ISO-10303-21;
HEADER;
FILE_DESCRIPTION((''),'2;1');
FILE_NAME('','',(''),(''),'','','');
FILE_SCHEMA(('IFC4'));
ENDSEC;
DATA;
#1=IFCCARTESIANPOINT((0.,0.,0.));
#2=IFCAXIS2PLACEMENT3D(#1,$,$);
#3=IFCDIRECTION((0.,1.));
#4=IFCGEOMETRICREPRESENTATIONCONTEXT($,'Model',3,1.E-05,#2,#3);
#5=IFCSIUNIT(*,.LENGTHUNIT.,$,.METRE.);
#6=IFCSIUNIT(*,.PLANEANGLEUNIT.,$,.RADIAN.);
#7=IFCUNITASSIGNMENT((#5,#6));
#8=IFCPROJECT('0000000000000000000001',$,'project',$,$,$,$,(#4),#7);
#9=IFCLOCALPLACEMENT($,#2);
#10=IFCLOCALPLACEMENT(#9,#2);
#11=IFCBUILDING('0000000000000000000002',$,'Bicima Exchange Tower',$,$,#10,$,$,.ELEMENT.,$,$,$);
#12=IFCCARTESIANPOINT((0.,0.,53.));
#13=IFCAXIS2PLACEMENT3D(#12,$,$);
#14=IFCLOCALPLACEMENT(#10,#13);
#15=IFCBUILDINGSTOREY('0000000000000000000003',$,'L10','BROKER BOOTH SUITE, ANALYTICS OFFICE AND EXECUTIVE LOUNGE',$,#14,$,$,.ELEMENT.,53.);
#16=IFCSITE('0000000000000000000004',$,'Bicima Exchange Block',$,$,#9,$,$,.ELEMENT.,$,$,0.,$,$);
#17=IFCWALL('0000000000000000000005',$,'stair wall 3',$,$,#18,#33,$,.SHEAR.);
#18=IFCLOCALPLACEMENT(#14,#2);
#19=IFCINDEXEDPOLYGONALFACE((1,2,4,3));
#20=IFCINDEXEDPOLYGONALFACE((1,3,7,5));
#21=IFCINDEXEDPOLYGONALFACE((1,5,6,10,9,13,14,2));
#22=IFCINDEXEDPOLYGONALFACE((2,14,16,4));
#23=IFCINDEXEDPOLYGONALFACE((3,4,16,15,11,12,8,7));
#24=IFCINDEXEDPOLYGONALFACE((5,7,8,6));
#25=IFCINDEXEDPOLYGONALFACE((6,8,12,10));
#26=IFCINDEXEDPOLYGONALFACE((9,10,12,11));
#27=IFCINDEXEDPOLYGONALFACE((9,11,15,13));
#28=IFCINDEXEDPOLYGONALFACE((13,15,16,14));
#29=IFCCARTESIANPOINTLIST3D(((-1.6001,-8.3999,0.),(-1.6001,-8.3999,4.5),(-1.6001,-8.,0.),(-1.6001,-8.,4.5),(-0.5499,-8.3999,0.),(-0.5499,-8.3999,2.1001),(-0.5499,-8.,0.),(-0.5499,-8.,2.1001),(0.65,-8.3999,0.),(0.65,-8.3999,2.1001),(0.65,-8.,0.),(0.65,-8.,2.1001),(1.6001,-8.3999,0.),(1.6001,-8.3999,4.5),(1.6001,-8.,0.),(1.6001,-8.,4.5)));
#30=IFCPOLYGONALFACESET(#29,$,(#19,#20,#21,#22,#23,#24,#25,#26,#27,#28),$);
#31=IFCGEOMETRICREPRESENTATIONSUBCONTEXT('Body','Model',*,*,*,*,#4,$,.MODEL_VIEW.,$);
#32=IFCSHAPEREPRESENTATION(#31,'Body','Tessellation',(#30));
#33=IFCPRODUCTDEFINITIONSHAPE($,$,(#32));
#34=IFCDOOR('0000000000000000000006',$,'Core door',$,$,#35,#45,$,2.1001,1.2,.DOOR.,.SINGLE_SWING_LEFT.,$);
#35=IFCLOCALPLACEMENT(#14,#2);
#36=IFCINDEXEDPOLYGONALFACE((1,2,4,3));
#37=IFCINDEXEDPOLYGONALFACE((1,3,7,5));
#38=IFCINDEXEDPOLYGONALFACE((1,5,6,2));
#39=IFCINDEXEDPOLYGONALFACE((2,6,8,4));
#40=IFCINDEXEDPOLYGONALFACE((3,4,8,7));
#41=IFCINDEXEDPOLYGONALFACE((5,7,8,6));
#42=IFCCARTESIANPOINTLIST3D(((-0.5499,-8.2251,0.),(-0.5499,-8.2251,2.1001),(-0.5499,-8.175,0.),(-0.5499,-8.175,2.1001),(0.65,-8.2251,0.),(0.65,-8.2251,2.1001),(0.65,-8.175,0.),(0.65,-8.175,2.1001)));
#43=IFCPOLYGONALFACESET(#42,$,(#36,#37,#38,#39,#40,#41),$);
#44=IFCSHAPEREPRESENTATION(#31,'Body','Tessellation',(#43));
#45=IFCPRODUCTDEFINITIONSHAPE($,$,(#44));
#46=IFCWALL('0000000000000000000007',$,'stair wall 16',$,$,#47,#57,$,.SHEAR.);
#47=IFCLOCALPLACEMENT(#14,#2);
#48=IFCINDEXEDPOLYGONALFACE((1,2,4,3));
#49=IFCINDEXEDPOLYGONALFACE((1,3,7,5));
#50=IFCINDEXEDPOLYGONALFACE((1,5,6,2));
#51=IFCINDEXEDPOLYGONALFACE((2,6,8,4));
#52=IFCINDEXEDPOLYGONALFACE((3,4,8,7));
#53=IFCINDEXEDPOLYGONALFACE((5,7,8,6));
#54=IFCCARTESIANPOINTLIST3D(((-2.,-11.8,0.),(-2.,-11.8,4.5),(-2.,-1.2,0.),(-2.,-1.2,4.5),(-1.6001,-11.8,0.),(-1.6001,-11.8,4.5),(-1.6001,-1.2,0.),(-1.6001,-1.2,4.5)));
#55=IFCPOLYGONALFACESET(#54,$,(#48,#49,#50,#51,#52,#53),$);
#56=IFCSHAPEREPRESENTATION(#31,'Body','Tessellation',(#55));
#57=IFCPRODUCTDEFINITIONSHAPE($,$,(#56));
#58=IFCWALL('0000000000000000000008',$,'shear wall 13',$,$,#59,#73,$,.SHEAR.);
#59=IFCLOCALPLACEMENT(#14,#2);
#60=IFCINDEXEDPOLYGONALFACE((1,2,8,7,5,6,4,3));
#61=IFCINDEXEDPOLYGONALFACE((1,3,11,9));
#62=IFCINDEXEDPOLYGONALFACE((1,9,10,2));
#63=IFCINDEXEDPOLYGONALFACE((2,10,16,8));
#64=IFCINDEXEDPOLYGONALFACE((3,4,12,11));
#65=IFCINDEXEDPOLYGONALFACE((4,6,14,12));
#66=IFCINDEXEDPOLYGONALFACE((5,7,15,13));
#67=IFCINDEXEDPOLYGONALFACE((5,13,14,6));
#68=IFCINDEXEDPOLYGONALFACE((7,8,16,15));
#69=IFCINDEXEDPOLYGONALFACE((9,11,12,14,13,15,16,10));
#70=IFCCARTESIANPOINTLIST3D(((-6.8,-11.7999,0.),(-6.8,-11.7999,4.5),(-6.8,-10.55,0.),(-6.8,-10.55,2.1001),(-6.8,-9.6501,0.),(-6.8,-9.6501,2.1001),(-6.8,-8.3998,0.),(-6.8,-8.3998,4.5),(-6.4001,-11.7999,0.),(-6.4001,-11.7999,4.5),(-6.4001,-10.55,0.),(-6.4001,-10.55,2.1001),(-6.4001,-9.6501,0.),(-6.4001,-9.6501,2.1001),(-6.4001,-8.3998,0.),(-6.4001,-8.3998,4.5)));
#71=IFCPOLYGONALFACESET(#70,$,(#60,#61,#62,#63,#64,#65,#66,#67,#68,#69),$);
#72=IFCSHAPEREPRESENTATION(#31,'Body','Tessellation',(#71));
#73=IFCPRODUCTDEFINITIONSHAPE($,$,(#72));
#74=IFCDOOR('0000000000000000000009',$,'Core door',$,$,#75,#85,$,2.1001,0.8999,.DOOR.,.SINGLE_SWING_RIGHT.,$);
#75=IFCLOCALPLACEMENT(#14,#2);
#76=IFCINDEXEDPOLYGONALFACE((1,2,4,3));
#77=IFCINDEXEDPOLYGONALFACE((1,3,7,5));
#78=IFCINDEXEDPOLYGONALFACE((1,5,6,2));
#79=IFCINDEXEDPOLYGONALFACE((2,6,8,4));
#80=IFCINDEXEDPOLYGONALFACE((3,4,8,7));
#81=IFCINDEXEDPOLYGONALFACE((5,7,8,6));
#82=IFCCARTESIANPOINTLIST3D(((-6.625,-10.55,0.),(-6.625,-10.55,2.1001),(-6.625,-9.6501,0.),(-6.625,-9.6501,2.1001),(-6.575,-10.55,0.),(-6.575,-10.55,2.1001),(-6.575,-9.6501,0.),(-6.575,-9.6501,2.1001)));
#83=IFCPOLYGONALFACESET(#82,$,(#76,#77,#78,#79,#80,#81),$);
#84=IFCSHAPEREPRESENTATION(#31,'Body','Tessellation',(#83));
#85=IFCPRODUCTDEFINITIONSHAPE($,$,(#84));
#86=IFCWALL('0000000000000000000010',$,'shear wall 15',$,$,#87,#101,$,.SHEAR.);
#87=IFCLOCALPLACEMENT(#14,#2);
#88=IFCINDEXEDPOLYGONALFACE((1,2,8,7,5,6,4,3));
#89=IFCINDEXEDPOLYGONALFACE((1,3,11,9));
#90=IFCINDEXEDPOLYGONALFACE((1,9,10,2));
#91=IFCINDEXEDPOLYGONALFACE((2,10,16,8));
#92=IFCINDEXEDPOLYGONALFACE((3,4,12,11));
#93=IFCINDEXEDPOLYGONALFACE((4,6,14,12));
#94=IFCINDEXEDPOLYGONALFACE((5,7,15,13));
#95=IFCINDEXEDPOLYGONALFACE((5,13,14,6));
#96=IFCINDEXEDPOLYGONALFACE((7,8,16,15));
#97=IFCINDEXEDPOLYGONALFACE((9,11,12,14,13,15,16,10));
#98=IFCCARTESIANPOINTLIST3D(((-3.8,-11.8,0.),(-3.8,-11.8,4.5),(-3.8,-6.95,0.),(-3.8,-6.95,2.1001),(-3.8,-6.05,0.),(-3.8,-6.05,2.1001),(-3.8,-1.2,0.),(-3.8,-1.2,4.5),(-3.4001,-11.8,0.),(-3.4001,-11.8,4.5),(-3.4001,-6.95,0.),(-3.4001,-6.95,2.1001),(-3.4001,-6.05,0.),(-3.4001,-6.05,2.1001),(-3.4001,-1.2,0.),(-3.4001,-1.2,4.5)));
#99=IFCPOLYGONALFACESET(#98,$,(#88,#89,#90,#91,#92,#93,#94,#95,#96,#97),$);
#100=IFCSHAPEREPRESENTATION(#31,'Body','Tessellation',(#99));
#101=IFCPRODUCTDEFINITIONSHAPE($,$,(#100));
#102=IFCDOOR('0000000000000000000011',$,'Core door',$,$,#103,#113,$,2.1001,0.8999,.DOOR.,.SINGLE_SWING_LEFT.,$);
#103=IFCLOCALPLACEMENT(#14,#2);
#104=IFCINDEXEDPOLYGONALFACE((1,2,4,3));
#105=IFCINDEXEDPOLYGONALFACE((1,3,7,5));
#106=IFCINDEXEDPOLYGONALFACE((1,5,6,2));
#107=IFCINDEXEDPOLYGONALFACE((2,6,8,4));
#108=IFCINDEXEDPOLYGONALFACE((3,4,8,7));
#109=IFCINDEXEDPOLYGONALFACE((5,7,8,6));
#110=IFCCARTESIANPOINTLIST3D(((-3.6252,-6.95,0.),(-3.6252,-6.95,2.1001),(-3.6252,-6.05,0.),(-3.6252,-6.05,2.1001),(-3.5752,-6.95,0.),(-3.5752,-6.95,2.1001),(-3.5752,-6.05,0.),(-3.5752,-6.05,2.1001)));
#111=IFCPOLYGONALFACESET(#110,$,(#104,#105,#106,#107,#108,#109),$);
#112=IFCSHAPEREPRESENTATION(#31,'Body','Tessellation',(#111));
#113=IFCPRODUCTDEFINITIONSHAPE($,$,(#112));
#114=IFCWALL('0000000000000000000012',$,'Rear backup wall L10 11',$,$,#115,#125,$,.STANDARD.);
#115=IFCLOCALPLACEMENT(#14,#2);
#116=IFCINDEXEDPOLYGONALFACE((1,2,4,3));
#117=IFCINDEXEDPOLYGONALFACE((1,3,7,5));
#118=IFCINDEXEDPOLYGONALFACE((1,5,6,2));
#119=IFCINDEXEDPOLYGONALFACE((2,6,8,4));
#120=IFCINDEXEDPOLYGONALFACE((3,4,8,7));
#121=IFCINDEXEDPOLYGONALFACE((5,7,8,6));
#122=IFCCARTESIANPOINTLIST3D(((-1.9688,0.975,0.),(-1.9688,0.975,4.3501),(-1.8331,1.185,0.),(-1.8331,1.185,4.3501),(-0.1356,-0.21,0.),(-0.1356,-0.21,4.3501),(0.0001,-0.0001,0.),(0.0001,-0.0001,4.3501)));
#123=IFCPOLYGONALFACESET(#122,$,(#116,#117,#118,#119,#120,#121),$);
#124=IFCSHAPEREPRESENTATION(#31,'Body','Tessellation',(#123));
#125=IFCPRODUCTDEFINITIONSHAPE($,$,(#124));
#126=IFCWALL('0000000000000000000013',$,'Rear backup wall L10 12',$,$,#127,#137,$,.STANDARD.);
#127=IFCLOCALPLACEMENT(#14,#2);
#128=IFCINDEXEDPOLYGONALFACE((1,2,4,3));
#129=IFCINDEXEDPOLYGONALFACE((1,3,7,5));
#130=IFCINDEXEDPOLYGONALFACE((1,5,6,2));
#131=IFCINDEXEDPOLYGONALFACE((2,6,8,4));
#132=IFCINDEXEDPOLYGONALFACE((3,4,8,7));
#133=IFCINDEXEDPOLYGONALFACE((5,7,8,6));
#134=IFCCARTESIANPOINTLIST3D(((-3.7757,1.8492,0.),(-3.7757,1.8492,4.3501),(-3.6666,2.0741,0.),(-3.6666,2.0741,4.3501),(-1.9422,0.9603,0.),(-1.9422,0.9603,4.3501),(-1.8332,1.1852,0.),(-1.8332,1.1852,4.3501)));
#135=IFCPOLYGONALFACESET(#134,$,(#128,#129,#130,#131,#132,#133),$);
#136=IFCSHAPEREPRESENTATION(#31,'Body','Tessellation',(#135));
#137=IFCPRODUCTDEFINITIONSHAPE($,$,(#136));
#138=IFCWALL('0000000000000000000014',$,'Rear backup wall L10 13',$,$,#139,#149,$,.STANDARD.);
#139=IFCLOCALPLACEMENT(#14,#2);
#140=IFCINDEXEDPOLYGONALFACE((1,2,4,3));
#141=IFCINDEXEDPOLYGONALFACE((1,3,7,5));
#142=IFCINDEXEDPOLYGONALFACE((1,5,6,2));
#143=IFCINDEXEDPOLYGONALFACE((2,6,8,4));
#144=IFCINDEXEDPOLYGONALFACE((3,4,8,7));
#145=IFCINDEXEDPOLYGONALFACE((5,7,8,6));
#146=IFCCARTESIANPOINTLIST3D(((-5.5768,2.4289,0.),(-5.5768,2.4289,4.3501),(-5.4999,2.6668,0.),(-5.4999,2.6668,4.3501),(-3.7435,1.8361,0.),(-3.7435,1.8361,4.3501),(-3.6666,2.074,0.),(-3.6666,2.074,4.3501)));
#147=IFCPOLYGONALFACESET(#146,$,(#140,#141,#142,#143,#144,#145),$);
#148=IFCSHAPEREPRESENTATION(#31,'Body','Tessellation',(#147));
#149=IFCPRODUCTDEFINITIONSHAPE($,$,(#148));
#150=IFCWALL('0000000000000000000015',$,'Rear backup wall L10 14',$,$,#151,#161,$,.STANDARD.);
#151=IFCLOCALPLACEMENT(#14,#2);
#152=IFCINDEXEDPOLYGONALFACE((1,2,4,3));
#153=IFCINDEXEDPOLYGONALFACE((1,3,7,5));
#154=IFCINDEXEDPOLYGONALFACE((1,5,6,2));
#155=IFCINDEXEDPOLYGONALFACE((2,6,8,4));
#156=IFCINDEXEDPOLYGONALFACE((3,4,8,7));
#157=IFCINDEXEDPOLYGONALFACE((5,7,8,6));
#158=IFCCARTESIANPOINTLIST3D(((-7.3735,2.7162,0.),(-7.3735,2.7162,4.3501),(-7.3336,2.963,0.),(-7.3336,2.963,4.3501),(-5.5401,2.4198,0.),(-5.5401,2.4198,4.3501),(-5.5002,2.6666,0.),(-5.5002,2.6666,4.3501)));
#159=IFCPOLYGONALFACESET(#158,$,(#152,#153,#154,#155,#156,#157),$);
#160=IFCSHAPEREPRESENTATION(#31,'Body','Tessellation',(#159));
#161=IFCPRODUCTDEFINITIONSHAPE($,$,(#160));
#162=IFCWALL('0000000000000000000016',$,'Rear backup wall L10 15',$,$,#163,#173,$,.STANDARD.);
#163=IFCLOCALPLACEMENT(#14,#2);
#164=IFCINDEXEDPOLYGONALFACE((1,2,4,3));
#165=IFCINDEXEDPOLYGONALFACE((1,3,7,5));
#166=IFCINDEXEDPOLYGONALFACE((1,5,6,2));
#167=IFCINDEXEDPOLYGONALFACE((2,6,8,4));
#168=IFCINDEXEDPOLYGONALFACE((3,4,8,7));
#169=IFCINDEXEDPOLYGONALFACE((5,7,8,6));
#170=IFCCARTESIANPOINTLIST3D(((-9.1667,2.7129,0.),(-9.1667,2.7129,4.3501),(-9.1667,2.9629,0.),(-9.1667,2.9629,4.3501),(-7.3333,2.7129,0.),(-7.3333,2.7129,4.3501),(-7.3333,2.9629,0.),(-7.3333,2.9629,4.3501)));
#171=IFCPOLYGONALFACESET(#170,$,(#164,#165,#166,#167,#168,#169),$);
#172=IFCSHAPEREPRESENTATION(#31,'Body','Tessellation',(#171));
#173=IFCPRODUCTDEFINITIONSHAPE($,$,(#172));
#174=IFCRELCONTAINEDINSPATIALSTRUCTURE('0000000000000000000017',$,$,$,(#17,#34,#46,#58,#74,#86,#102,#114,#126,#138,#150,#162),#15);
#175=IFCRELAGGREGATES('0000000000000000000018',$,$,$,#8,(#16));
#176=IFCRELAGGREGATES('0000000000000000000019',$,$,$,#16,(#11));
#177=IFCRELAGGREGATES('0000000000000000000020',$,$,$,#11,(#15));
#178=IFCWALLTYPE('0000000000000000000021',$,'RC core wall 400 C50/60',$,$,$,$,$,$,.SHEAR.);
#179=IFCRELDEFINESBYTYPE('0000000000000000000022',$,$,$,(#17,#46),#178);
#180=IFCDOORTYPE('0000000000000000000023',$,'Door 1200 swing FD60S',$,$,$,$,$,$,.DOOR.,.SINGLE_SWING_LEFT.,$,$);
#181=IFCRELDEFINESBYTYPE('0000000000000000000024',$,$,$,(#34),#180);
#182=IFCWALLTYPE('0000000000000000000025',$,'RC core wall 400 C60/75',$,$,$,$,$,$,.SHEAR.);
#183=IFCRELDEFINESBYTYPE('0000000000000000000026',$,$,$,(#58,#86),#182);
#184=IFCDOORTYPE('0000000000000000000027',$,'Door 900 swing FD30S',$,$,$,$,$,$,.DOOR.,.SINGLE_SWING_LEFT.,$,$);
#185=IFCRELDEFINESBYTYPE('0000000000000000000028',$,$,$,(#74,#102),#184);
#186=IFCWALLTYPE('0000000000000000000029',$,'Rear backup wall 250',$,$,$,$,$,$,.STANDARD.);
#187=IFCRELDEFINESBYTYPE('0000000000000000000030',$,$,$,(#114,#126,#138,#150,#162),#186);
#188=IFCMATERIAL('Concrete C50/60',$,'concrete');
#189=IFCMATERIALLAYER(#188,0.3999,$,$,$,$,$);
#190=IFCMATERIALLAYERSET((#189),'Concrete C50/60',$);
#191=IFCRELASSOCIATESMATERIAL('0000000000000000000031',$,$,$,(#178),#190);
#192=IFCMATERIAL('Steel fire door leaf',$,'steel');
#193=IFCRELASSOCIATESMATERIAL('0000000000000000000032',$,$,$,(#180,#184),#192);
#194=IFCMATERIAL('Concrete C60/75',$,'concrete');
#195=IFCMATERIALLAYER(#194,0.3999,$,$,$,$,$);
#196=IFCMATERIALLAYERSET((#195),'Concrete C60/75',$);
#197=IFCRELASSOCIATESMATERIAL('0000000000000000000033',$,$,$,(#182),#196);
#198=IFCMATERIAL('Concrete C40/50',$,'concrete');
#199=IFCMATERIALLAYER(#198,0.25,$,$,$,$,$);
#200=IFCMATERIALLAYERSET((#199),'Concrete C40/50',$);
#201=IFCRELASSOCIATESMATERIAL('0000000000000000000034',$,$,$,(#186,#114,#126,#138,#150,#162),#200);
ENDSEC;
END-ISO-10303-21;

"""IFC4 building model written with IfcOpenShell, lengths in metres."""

from ifc_helpers import new_model, si_unit, direction, frame, frame_2d, origin, place, context, subcontext, project, spatial, rectangle, extrude, material, layer, layer_set, layer_usage, type_object, element, fill, save


model = new_model("IFC4")

# Units and contexts
model_context = context("Model", 3, precision=1e-05, world=origin(), true_north=direction((0.0, 1.0)))
body_context = subcontext(model_context, "Body", "Model", "MODEL_VIEW")
ifc_project = project(units=[si_unit("LENGTHUNIT", "METRE"), si_unit("PLANEANGLEUNIT", "RADIAN")], contexts=[model_context])

# Site, building, storey
site_placement = place(None, origin())
site = spatial("IfcSite", under=ifc_project, at=site_placement, Name="Bicima Exchange Block", CompositionType="ELEMENT", RefElevation=0.0)
building_placement = place(site_placement, origin())
building = spatial("IfcBuilding", under=site, at=building_placement, Name="Bicima Exchange Tower", CompositionType="ELEMENT")
storey_placement = place(building_placement, frame((0.0, 0.0, 53.0)))
storey = spatial("IfcBuildingStorey", under=building, at=storey_placement, Name="L10", Description="BROKER BOOTH SUITE, ANALYTICS OFFICE AND EXECUTIVE LOUNGE", CompositionType="ELEMENT", Elevation=53.0)

# Shared definitions
ifc_material_1 = material(Name="Concrete C40/50", Category="concrete")

# Wall, opening, door
ifc_material_2 = material(Name="Concrete C50/60", Category="concrete")
ifc_layer_1 = layer(ifc_material_2, 0.3999)
ifc_layer_set_1 = layer_set([ifc_layer_1], Name="Concrete C50/60")
wall_type_1 = type_object("IfcWallType", Name="RC core wall 400 C50/60", PredefinedType="SHEAR", material=ifc_layer_set_1)
wall_1_placement = place(storey_placement, frame((-1.6001, -8.2, 0.0), z_axis=(0.0, 0.0, 1.0), x_axis=(1.0, 0.0, 0.0)))
wall_1 = element("IfcWall", 1, at=wall_1_placement, inside=storey, type_object=wall_type_1, Name="stair wall 3", PredefinedType="SHEAR", context=body_context, shape_type="SweptSolid", body=[
    extrude(rectangle(XDim=3.2002, YDim=0.3999, at=frame_2d((1.6001, 0.0))), origin(), (0.0, 0.0, 1.0), 4.5),
])
opening_1_placement = place(wall_1_placement, frame((1.05, 0.0, 0.0)))
opening_1 = element("IfcOpeningElement", 2, at=opening_1_placement, cuts=wall_1, PredefinedType="OPENING", context=body_context, shape_type="SweptSolid", body=[
    extrude(rectangle(XDim=1.2, YDim=2.1001, at=frame_2d((0.6001, 1.05))), frame((0.0, 0.2119, 0.0), z_axis=(0.0, -1.0, 0.0), x_axis=(1.0, 0.0, 0.0)), (0.0, 0.0, 1.0), 0.4238),
])
ifc_material_3 = material(Name="Steel fire door leaf", Category="steel")
door_type_1 = type_object("IfcDoorType", Name="Door 1200 swing FD60S", OperationType="SINGLE_SWING_LEFT", PredefinedType="DOOR", material=ifc_material_3)
door_1_placement = place(opening_1_placement, origin())
door_1 = element("IfcDoor", 3, at=door_1_placement, inside=storey, type_object=door_type_1, Name="Core door", OperationType="SINGLE_SWING_LEFT", OverallHeight=2.1001, OverallWidth=1.2, PredefinedType="DOOR", context=body_context, shape_type="SweptSolid", body=[
    extrude(rectangle(XDim=1.2, YDim=2.1001, at=frame_2d((0.6001, 1.05))), frame((0.0, 0.0249, 0.0), z_axis=(0.0, -1.0, 0.0), x_axis=(1.0, 0.0, 0.0)), (0.0, 0.0, 1.0), 0.05),
])
fill(opening_1, door_1)

# Wall
wall_2_placement = place(storey_placement, frame((-1.8, -11.8, 0.0), z_axis=(0.0, 0.0, 1.0), x_axis=(0.0, 1.0, 0.0)))
element("IfcWall", 4, at=wall_2_placement, inside=storey, type_object=wall_type_1, Name="stair wall 16", PredefinedType="SHEAR", context=body_context, shape_type="SweptSolid", body=[
    extrude(rectangle(XDim=10.6001, YDim=0.3999, at=frame_2d((5.3, 0.0))), origin(), (0.0, 0.0, 1.0), 4.5),
])

# Walls, openings, doors
ifc_material_4 = material(Name="Concrete C60/75", Category="concrete")
ifc_layer_2 = layer(ifc_material_4, 0.3999)
ifc_layer_set_2 = layer_set([ifc_layer_2], Name="Concrete C60/75")
wall_type_2 = type_object("IfcWallType", Name="RC core wall 400 C60/75", PredefinedType="SHEAR", material=ifc_layer_set_2)
wall_3_placement = place(storey_placement, frame((-6.6001, -11.8, 0.0), z_axis=(0.0, 0.0, 1.0), x_axis=(0.0, 1.0, 0.0)))
wall_3 = element("IfcWall", 5, at=wall_3_placement, inside=storey, type_object=wall_type_2, Name="shear wall 13", PredefinedType="SHEAR", context=body_context, shape_type="SweptSolid", body=[
    extrude(rectangle(XDim=3.4001, YDim=0.3999, at=frame_2d((1.7002, 0.0))), origin(), (0.0, 0.0, 1.0), 4.5),
])
opening_2_placement = place(wall_3_placement, frame((1.25, 0.0, 0.0)))
opening_2 = element("IfcOpeningElement", 6, at=opening_2_placement, cuts=wall_3, PredefinedType="OPENING", context=body_context, shape_type="SweptSolid", body=[
    extrude(rectangle(XDim=0.8999, YDim=2.1001, at=frame_2d((0.45, 1.05))), frame((0.0, 0.2119, 0.0), z_axis=(0.0, -1.0, 0.0), x_axis=(1.0, 0.0, 0.0)), (0.0, 0.0, 1.0), 0.4238),
])
door_type_2 = type_object("IfcDoorType", Name="Door 900 swing FD30S", OperationType="SINGLE_SWING_LEFT", PredefinedType="DOOR", material=ifc_material_3)
door_2_placement = place(opening_2_placement, origin())
door_2 = element("IfcDoor", 7, at=door_2_placement, inside=storey, type_object=door_type_2, Name="Core door", OperationType="SINGLE_SWING_RIGHT", OverallHeight=2.1001, OverallWidth=0.8999, PredefinedType="DOOR", context=body_context, shape_type="SweptSolid", body=[
    extrude(rectangle(XDim=0.8999, YDim=2.1001, at=frame_2d((0.45, 1.05))), frame((0.0, 0.0249, 0.0), z_axis=(0.0, -1.0, 0.0), x_axis=(1.0, 0.0, 0.0)), (0.0, 0.0, 1.0), 0.05),
])
fill(opening_2, door_2)
wall_4_placement = place(storey_placement, frame((-3.6001, -11.8, 0.0), z_axis=(0.0, 0.0, 1.0), x_axis=(0.0, 1.0, 0.0)))
wall_4 = element("IfcWall", 8, at=wall_4_placement, inside=storey, type_object=wall_type_2, Name="shear wall 15", PredefinedType="SHEAR", context=body_context, shape_type="SweptSolid", body=[
    extrude(rectangle(XDim=10.6001, YDim=0.3999, at=frame_2d((5.3, 0.0))), origin(), (0.0, 0.0, 1.0), 4.5),
])
opening_3_placement = place(wall_4_placement, frame((4.8501, 0.0, 0.0)))
opening_3 = element("IfcOpeningElement", 9, at=opening_3_placement, cuts=wall_4, PredefinedType="OPENING", context=body_context, shape_type="SweptSolid", body=[
    extrude(rectangle(XDim=0.8999, YDim=2.1001, at=frame_2d((0.45, 1.05))), frame((0.0, 0.2119, 0.0), z_axis=(0.0, -1.0, 0.0), x_axis=(1.0, 0.0, 0.0)), (0.0, 0.0, 1.0), 0.4238),
])
door_3_placement = place(opening_3_placement, frame((0.8999, 0.0, 0.0), z_axis=(0.0, 0.0, 1.0), x_axis=(-1.0, 0.0, 0.0)))
door_3 = element("IfcDoor", 10, at=door_3_placement, inside=storey, type_object=door_type_2, Name="Core door", OperationType="SINGLE_SWING_LEFT", OverallHeight=2.1001, OverallWidth=0.8999, PredefinedType="DOOR", context=body_context, shape_type="SweptSolid", body=[
    extrude(rectangle(XDim=0.8999, YDim=2.1001, at=frame_2d((0.45, 1.05))), frame((0.0, 0.0249, 0.0), z_axis=(0.0, -1.0, 0.0), x_axis=(1.0, 0.0, 0.0)), (0.0, 0.0, 1.0), 0.05),
])
fill(opening_3, door_3)

# Walls
ifc_layer_3 = layer(ifc_material_1, 0.25)
ifc_layer_set_3 = layer_set([ifc_layer_3], Name="Concrete C40/50")
ifc_layer_usage = layer_usage(ifc_layer_set_3, "AXIS2", "POSITIVE", -0.125)
wall_type_3 = type_object("IfcWallType", Name="Rear backup wall 250", PredefinedType="STANDARD", material=ifc_layer_set_3)
wall_5_placement = place(storey_placement, frame((-0.0679, -0.105, 0.0), z_axis=(0.0, 0.0, 1.0), x_axis=(-0.839813, 0.542876, 0.0)))
element("IfcWall", 11, at=wall_5_placement, inside=storey, type_object=wall_type_3, material=ifc_layer_usage, Name="Rear backup wall L10 11", PredefinedType="STANDARD", context=body_context, shape_type="SweptSolid", body=[
    extrude(rectangle(XDim=2.1829, YDim=0.25, at=frame_2d((1.0913, 0.0))), origin(), (0.0, 0.0, 1.0), 4.3501),
])
wall_6_placement = place(storey_placement, frame((-1.8877, 1.0728, 0.0), z_axis=(0.0, 0.0, 1.0), x_axis=(-0.899824, 0.436253, 0.0)))
element("IfcWall", 12, at=wall_6_placement, inside=storey, type_object=wall_type_3, material=ifc_layer_usage, Name="Rear backup wall L10 12", PredefinedType="STANDARD", context=body_context, shape_type="SweptSolid", body=[
    extrude(rectangle(XDim=2.0376, YDim=0.25, at=frame_2d((1.0188, 0.0))), origin(), (0.0, 0.0, 1.0), 4.3501),
])
wall_7_placement = place(storey_placement, frame((-3.7051, 1.9551, 0.0), z_axis=(0.0, 0.0, 1.0), x_axis=(-0.951496, 0.307662, 0.0)))
element("IfcWall", 13, at=wall_7_placement, inside=storey, type_object=wall_type_3, material=ifc_layer_usage, Name="Rear backup wall L10 13", PredefinedType="STANDARD", context=body_context, shape_type="SweptSolid", body=[
    extrude(rectangle(XDim=1.9268, YDim=0.25, at=frame_2d((0.9634, 0.0))), origin(), (0.0, 0.0, 1.0), 4.3501),
])
wall_8_placement = place(storey_placement, frame((-5.52, 2.5432, 0.0), z_axis=(0.0, 0.0, 1.0), x_axis=(-0.987182, 0.1596, 0.0)))
element("IfcWall", 14, at=wall_8_placement, inside=storey, type_object=wall_type_3, material=ifc_layer_usage, Name="Rear backup wall L10 14", PredefinedType="STANDARD", context=body_context, shape_type="SweptSolid", body=[
    extrude(rectangle(XDim=1.8572, YDim=0.25, at=frame_2d((0.9287, 0.0))), origin(), (0.0, 0.0, 1.0), 4.3501),
])
wall_9_placement = place(storey_placement, frame((-7.3333, 2.8379, 0.0), z_axis=(0.0, 0.0, 1.0), x_axis=(-1.0, 0.0, 0.0)))
element("IfcWall", 15, at=wall_9_placement, inside=storey, type_object=wall_type_3, material=ifc_layer_usage, Name="Rear backup wall L10 15", PredefinedType="STANDARD", context=body_context, shape_type="SweptSolid", body=[
    extrude(rectangle(XDim=1.8335, YDim=0.25, at=frame_2d((0.9167, 0.0))), origin(), (0.0, 0.0, 1.0), 4.3501),
])

save(model, "model.ifc")
